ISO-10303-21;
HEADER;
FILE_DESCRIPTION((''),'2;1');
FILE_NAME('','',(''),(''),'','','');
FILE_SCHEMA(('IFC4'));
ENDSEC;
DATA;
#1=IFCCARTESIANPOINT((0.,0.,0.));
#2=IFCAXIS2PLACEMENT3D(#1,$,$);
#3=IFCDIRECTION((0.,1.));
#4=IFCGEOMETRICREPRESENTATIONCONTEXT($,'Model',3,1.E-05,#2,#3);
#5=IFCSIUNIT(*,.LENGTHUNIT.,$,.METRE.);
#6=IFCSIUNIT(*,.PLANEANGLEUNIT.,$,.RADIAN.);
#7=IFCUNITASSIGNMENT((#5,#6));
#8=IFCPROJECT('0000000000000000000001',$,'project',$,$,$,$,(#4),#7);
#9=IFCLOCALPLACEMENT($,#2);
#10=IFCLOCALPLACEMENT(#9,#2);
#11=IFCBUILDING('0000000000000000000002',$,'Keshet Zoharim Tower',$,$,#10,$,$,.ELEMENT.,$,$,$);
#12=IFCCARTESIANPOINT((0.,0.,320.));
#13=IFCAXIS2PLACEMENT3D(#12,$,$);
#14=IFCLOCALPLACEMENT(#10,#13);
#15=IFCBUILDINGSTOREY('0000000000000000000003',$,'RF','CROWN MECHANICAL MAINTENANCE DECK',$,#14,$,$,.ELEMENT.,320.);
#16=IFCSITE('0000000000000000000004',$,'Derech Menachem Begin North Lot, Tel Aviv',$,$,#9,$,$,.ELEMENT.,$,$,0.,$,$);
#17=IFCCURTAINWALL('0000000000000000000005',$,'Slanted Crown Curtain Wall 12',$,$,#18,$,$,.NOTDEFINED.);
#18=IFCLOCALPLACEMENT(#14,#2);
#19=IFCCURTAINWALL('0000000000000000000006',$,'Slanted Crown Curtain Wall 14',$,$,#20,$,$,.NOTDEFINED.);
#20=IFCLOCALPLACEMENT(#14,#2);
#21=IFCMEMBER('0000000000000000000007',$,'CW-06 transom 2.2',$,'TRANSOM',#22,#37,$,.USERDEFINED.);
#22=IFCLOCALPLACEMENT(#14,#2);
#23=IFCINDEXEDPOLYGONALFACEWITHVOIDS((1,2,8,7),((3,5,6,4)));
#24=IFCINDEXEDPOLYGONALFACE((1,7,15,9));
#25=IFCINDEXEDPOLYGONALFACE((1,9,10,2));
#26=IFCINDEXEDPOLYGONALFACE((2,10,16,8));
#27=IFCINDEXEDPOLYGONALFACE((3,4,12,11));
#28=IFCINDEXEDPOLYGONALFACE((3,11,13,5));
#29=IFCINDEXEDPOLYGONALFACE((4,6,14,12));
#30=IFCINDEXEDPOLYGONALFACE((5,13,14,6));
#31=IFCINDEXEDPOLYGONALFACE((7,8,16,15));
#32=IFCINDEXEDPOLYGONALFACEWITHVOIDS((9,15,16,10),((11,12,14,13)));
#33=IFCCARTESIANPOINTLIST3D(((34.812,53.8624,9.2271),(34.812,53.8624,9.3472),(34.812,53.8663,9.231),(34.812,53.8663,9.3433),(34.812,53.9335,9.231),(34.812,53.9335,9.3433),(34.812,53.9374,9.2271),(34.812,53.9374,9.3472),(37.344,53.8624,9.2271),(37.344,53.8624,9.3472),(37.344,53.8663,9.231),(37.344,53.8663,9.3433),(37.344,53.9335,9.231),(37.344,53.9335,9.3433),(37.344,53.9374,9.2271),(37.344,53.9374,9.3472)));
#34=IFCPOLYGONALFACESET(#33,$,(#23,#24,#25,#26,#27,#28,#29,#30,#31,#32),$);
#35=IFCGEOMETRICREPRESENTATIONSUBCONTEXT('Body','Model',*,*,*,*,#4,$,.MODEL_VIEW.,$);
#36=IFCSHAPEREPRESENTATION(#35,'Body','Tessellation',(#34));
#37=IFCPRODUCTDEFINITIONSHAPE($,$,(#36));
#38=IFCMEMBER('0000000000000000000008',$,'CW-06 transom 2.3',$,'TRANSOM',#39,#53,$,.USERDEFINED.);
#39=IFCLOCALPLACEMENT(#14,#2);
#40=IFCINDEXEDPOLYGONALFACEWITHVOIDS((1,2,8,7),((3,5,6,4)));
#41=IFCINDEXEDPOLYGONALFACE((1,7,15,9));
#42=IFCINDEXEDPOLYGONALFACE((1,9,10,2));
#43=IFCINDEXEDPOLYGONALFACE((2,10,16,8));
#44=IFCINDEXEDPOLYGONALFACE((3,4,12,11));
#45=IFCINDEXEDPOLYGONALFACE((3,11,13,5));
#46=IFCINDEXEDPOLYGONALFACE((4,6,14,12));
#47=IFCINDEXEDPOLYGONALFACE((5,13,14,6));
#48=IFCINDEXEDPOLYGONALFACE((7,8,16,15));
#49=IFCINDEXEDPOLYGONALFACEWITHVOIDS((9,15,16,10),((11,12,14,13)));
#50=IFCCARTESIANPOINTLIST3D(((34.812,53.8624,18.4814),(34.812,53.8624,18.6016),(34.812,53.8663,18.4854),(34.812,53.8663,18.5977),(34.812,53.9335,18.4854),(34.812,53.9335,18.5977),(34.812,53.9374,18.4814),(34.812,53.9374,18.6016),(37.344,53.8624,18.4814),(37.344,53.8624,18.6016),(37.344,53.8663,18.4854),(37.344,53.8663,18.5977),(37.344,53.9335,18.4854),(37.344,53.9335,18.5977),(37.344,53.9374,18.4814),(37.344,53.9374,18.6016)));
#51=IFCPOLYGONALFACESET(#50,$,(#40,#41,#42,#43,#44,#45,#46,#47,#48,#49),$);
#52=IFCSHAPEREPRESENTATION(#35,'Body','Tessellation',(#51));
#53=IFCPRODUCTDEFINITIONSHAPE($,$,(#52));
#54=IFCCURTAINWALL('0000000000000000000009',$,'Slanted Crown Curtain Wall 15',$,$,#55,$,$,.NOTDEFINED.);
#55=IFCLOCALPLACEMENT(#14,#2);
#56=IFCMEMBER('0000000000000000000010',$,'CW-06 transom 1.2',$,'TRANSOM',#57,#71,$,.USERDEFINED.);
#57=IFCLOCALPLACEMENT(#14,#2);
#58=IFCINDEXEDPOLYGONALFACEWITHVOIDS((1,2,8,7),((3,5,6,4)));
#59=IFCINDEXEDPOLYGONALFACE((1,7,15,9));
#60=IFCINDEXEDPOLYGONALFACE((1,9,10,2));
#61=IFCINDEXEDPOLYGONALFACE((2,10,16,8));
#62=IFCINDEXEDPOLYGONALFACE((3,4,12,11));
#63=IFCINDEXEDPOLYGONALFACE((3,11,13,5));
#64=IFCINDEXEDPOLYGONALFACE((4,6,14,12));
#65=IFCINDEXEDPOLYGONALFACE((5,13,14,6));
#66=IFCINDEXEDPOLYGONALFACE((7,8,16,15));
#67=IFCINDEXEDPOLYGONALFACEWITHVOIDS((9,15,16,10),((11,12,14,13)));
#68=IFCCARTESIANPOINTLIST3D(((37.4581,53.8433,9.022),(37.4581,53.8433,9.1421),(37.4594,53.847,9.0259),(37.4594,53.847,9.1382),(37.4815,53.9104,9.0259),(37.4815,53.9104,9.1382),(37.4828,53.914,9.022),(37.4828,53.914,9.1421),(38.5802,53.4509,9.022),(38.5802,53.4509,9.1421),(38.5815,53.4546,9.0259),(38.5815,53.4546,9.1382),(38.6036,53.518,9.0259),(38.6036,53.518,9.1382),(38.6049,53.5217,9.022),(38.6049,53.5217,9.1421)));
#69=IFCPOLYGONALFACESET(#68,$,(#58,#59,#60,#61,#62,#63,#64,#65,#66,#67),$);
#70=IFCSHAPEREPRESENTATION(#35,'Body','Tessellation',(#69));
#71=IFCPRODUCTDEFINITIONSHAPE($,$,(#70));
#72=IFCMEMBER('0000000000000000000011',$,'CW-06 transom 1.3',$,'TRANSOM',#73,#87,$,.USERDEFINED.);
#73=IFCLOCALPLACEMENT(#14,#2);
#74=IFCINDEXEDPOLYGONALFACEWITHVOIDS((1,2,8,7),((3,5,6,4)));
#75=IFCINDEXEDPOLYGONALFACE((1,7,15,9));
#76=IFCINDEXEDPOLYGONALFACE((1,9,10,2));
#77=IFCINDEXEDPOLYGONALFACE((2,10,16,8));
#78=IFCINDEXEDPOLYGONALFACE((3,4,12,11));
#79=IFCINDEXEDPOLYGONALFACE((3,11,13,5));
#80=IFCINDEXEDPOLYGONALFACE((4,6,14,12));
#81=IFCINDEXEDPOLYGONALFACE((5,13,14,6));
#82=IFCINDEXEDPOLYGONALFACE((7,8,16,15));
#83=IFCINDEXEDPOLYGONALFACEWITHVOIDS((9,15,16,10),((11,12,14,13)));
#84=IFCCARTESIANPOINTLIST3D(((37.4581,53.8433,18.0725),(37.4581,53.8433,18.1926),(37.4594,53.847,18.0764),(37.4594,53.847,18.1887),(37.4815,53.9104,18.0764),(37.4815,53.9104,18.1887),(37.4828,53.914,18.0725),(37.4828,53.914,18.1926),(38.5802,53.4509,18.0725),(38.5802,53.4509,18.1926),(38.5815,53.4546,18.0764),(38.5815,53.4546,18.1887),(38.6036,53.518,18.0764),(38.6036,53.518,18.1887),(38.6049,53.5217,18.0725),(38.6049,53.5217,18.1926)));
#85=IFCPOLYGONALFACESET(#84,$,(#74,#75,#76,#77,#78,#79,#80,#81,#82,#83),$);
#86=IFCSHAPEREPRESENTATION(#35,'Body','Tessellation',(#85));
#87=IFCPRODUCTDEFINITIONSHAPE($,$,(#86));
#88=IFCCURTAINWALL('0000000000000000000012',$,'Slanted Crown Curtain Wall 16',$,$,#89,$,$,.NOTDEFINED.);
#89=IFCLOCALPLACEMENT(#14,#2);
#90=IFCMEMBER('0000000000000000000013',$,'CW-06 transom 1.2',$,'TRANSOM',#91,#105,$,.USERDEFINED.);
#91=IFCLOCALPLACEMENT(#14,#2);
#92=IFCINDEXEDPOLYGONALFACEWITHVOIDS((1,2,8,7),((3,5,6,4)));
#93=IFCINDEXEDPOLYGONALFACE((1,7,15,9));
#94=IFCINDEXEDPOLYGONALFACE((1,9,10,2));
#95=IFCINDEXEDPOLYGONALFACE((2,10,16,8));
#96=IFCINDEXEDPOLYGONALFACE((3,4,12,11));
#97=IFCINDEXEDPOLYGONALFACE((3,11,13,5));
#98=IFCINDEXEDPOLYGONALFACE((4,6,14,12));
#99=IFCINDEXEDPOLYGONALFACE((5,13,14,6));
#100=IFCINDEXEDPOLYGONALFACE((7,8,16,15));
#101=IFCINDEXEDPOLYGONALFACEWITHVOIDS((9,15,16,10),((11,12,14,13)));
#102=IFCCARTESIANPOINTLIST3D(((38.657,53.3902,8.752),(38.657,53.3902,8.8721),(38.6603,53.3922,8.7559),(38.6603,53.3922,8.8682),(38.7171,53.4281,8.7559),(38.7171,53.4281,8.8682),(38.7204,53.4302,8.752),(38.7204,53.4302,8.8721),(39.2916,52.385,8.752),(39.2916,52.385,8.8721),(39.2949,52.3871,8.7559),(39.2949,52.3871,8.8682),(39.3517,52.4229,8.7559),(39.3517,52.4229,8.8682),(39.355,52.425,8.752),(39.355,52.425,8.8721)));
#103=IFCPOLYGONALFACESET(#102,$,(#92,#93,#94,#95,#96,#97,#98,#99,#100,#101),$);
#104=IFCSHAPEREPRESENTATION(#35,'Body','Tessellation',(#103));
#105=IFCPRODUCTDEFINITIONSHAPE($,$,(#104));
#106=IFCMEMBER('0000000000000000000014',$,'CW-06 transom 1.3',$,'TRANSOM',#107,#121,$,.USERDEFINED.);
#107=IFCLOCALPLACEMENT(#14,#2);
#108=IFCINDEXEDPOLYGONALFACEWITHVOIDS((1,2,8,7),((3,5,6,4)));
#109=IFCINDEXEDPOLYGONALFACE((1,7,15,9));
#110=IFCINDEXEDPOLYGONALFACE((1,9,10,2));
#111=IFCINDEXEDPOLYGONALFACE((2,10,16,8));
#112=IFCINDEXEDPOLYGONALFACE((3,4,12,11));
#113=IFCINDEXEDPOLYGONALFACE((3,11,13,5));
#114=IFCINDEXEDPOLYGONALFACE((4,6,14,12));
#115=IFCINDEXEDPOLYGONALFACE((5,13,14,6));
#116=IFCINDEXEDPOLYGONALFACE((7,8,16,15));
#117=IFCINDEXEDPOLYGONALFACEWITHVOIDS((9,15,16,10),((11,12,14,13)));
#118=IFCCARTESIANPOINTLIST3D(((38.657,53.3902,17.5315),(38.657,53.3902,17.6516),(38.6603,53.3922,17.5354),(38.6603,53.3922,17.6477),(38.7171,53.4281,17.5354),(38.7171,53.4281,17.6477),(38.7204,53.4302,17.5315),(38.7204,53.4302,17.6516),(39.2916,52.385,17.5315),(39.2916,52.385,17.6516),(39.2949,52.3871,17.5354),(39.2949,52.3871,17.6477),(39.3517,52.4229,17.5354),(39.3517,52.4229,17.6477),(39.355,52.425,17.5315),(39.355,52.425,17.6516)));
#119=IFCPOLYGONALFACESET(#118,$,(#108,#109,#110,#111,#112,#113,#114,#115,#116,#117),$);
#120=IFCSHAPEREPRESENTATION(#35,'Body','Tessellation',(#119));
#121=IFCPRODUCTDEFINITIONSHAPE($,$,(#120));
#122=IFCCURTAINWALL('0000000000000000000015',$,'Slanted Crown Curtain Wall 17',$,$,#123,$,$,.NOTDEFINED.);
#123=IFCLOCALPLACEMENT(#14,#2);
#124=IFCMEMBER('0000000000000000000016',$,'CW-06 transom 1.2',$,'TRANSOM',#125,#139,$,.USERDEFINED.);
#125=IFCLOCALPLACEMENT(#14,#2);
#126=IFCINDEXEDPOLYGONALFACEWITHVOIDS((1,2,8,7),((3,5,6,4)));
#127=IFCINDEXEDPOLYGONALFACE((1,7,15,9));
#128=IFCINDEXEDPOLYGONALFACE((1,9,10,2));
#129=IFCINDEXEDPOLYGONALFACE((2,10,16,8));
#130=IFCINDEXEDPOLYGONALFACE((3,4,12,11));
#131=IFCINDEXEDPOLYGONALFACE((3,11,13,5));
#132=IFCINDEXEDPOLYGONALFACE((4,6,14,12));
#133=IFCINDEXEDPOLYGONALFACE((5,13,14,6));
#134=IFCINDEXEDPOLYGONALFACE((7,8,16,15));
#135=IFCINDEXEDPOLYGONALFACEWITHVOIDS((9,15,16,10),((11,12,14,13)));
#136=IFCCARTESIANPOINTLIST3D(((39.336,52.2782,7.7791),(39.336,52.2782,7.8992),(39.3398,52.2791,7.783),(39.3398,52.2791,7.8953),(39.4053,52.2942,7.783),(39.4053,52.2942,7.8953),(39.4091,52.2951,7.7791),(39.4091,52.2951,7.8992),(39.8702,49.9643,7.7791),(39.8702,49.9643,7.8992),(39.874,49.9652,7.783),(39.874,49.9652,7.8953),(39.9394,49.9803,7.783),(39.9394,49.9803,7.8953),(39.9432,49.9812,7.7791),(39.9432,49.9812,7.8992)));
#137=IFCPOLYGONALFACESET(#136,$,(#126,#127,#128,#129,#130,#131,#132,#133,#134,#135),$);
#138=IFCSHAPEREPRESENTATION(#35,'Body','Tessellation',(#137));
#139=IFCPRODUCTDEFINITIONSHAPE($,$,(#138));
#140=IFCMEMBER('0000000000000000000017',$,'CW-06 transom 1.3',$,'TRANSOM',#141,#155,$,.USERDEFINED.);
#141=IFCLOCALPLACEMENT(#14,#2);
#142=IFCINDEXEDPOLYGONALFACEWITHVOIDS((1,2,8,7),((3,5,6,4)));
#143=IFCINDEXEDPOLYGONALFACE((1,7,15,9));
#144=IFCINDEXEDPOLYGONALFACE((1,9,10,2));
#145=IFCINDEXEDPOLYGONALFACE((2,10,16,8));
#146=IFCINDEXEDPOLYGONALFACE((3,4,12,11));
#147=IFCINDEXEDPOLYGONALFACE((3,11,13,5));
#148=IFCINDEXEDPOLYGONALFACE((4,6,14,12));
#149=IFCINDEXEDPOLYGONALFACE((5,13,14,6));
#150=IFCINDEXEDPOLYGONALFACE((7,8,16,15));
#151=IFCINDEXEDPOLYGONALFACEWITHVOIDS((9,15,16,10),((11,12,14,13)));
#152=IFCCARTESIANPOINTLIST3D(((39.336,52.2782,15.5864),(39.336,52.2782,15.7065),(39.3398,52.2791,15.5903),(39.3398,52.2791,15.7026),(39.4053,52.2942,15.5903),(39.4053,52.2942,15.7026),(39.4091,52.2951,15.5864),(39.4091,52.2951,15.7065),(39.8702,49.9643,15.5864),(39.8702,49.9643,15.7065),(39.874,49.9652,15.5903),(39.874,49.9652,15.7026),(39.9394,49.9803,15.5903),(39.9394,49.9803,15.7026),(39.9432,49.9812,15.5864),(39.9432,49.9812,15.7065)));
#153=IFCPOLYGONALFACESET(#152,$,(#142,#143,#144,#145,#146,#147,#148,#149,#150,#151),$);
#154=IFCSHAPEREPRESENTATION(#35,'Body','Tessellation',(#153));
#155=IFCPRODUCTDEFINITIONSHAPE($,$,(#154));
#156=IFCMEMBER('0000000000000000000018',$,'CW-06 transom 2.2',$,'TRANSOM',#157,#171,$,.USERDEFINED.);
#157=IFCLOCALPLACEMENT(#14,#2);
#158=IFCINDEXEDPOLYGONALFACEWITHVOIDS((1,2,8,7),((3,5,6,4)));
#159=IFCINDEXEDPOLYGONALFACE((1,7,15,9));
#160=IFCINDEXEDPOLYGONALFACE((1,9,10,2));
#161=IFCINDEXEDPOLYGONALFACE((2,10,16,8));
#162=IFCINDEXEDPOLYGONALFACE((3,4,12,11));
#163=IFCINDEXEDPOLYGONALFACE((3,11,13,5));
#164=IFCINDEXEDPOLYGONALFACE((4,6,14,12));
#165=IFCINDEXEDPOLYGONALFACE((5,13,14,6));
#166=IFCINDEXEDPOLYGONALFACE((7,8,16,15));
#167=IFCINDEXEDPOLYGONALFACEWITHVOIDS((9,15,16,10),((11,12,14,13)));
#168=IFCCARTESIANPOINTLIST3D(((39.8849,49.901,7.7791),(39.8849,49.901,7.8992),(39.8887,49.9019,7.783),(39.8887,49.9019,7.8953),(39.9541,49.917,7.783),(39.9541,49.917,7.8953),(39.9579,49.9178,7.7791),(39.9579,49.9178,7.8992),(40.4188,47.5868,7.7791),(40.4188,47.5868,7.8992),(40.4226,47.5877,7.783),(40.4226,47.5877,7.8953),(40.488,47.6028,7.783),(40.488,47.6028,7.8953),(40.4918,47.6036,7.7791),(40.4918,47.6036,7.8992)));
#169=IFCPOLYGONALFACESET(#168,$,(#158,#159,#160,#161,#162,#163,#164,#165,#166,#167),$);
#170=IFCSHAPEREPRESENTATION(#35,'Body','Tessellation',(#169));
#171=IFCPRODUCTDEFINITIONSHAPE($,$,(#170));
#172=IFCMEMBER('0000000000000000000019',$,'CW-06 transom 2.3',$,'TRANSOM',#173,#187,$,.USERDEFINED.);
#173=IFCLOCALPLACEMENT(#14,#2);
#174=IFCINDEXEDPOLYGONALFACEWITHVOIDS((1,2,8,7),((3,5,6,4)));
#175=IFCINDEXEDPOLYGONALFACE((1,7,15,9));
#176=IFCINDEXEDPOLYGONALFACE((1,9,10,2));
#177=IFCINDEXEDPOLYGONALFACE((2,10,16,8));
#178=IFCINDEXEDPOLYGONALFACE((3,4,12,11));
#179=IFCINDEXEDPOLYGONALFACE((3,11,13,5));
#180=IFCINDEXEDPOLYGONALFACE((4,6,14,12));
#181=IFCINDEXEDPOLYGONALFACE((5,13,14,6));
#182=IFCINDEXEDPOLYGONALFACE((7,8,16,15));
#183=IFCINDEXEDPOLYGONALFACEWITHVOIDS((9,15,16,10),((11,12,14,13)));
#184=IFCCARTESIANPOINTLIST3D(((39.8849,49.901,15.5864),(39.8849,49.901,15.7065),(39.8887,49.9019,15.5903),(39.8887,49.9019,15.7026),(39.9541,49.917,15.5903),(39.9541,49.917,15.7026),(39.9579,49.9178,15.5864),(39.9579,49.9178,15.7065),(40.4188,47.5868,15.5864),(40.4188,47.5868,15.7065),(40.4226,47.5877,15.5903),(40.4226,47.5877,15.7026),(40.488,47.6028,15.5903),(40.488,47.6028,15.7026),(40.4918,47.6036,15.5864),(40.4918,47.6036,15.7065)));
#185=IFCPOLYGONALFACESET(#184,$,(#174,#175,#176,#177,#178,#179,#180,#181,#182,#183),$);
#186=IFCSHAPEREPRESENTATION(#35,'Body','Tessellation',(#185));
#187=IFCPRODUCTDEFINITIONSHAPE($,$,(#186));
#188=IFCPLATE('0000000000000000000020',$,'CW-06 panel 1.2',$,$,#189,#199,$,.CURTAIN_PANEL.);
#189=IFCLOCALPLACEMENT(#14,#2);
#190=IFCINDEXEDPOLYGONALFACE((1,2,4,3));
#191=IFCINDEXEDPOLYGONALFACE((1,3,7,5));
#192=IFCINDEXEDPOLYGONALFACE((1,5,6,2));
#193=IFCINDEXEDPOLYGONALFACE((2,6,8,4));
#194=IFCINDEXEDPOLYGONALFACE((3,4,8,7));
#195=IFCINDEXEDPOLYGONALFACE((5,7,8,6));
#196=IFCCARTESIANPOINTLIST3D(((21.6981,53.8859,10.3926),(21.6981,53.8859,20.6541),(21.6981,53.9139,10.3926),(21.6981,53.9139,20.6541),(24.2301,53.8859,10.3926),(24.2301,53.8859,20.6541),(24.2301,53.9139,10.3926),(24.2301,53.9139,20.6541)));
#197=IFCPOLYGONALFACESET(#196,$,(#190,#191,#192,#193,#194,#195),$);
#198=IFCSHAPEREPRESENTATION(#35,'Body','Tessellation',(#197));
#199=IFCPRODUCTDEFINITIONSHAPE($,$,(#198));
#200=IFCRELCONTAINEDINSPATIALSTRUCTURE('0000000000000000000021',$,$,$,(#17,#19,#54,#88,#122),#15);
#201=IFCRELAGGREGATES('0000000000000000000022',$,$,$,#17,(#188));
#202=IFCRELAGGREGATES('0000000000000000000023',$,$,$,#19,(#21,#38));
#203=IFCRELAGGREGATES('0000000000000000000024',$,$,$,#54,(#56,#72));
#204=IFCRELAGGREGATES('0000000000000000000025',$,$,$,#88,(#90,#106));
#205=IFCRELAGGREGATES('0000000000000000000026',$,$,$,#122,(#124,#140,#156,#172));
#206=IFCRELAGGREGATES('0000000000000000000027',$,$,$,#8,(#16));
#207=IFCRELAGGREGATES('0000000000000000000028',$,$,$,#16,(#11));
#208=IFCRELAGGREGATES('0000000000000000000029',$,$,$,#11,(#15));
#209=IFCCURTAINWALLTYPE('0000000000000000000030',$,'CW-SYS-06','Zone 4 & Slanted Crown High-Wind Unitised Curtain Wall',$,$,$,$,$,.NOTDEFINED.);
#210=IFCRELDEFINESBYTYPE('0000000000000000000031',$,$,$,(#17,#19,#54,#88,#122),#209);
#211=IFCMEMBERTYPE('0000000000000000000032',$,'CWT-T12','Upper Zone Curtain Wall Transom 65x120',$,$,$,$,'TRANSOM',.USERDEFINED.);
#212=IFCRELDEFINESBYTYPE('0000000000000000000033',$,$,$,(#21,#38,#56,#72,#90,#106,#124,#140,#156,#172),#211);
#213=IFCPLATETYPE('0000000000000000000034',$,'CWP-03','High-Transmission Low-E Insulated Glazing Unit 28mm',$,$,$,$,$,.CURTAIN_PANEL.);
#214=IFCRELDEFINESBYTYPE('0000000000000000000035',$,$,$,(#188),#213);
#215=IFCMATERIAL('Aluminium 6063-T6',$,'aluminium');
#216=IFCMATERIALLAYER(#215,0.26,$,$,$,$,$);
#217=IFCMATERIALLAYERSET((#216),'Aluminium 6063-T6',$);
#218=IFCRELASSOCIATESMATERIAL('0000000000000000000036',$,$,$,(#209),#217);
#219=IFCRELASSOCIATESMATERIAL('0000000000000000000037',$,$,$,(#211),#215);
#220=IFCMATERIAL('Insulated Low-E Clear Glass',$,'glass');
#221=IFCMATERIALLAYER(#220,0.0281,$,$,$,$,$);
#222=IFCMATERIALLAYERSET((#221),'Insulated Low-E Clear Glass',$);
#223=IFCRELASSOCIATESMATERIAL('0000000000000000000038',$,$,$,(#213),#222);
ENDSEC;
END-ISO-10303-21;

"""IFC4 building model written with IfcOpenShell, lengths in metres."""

from ifc_helpers import new_model, si_unit, direction, frame, origin, origin_2d, place, context, subcontext, project, spatial, rectangle, hollow_rectangle, extrude, material, layer, layer_set, material_profile, profile_set, type_object, element, aggregate, save


model = new_model("IFC4")

# Units and contexts
model_context = context("Model", 3, precision=1e-05, world=origin(), true_north=direction((0.0, 1.0)))
body_context = subcontext(model_context, "Body", "Model", "MODEL_VIEW")
ifc_project = project(units=[si_unit("LENGTHUNIT", "METRE"), si_unit("PLANEANGLEUNIT", "RADIAN")], contexts=[model_context])

# Site, building, storey
site_placement = place(None, origin())
site = spatial("IfcSite", under=ifc_project, at=site_placement, Name="Derech Menachem Begin North Lot, Tel Aviv", CompositionType="ELEMENT", RefElevation=0.0)
building_placement = place(site_placement, origin())
building = spatial("IfcBuilding", under=site, at=building_placement, Name="Keshet Zoharim Tower", CompositionType="ELEMENT")
storey_placement = place(building_placement, frame((0.0, 0.0, 320.0)))
storey = spatial("IfcBuildingStorey", under=building, at=storey_placement, Name="RF", Description="CROWN MECHANICAL MAINTENANCE DECK", CompositionType="ELEMENT", Elevation=320.0)

# Curtain walls, members
ifc_material_1 = material(Name="Aluminium 6063-T6", Category="aluminium")
ifc_layer_1 = layer(ifc_material_1, 0.26)
ifc_layer_set_1 = layer_set([ifc_layer_1], Name="Aluminium 6063-T6")
curtain_wall_type = type_object("IfcCurtainWallType", Name="CW-SYS-06", Description="Zone 4 & Slanted Crown High-Wind Unitised Curtain Wall", PredefinedType="NOTDEFINED", material=ifc_layer_set_1)
curtain_wall_1_placement = place(storey_placement, origin())
curtain_wall_1 = element("IfcCurtainWall", 1, at=curtain_wall_1_placement, inside=storey, type_object=curtain_wall_type, Name="Slanted Crown Curtain Wall 12", PredefinedType="NOTDEFINED")
ifc_material_profile_1 = material_profile(ifc_material_1, hollow_rectangle(XDim=0.075, YDim=0.1201, WallThickness=0.0039, at=origin_2d()), Name="TRN-75x120")
ifc_profile_set_1 = profile_set([ifc_material_profile_1], Name="Aluminium 6063-T6")
member_type = type_object("IfcMemberType", Name="CWT-T12", Description="Upper Zone Curtain Wall Transom 65x120", ElementType="TRANSOM", PredefinedType="USERDEFINED", material=ifc_profile_set_1)
curtain_wall_2_placement = place(storey_placement, origin())
curtain_wall_2 = element("IfcCurtainWall", 2, at=curtain_wall_2_placement, inside=storey, type_object=curtain_wall_type, Name="Slanted Crown Curtain Wall 14", PredefinedType="NOTDEFINED")
member_1_placement = place(storey_placement, frame((34.812, 53.8999, 9.2871), z_axis=(1.0, 0.0, 0.0), x_axis=(0.0, 1.0, 0.0)))
member_1 = element("IfcMember", 3, at=member_1_placement, type_object=member_type, Name="CW-06 transom 2.2", ObjectType="TRANSOM", PredefinedType="USERDEFINED", context=body_context, shape_type="SweptSolid", body=[
    extrude(hollow_rectangle(XDim=0.075, YDim=0.1201, WallThickness=0.0039, at=origin_2d()), origin(), (0.0, 0.0, 1.0), 2.532),
])
member_2_placement = place(storey_placement, frame((34.812, 53.8999, 18.5415), z_axis=(1.0, 0.0, 0.0), x_axis=(0.0, 1.0, 0.0)))
member_2 = element("IfcMember", 4, at=member_2_placement, type_object=member_type, Name="CW-06 transom 2.3", ObjectType="TRANSOM", PredefinedType="USERDEFINED", context=body_context, shape_type="SweptSolid", body=[
    extrude(hollow_rectangle(XDim=0.075, YDim=0.1201, WallThickness=0.0039, at=origin_2d()), origin(), (0.0, 0.0, 1.0), 2.532),
])
curtain_wall_3_placement = place(storey_placement, origin())
curtain_wall_3 = element("IfcCurtainWall", 5, at=curtain_wall_3_placement, inside=storey, type_object=curtain_wall_type, Name="Slanted Crown Curtain Wall 15", PredefinedType="NOTDEFINED")
member_3_placement = place(storey_placement, frame((37.4705, 53.8787, 9.082), z_axis=(0.943961, -0.330058, 0.0), x_axis=(0.330058, 0.943961, 0.0)))
member_3 = element("IfcMember", 6, at=member_3_placement, type_object=member_type, Name="CW-06 transom 1.2", ObjectType="TRANSOM", PredefinedType="USERDEFINED", context=body_context, shape_type="SweptSolid", body=[
    extrude(hollow_rectangle(XDim=0.075, YDim=0.1201, WallThickness=0.0039, at=origin_2d()), origin(), (0.0, 0.0, 1.0), 1.1887),
])
member_4_placement = place(storey_placement, frame((37.4705, 53.8787, 18.1326), z_axis=(0.943961, -0.330058, 0.0), x_axis=(0.330058, 0.943961, 0.0)))
member_4 = element("IfcMember", 7, at=member_4_placement, type_object=member_type, Name="CW-06 transom 1.3", ObjectType="TRANSOM", PredefinedType="USERDEFINED", context=body_context, shape_type="SweptSolid", body=[
    extrude(hollow_rectangle(XDim=0.075, YDim=0.1201, WallThickness=0.0039, at=origin_2d()), origin(), (0.0, 0.0, 1.0), 1.1887),
])
curtain_wall_4_placement = place(storey_placement, origin())
curtain_wall_4 = element("IfcCurtainWall", 8, at=curtain_wall_4_placement, inside=storey, type_object=curtain_wall_type, Name="Slanted Crown Curtain Wall 16", PredefinedType="NOTDEFINED")
member_5_placement = place(storey_placement, frame((38.6887, 53.4102, 8.812), z_axis=(0.533815, -0.845601, 0.0), x_axis=(0.845601, 0.533815, 0.0)))
member_5 = element("IfcMember", 9, at=member_5_placement, type_object=member_type, Name="CW-06 transom 1.2", ObjectType="TRANSOM", PredefinedType="USERDEFINED", context=body_context, shape_type="SweptSolid", body=[
    extrude(hollow_rectangle(XDim=0.075, YDim=0.1201, WallThickness=0.0039, at=origin_2d()), origin(), (0.0, 0.0, 1.0), 1.1887),
])
member_6_placement = place(storey_placement, frame((38.6887, 53.4102, 17.5916), z_axis=(0.533815, -0.845601, 0.0), x_axis=(0.845601, 0.533815, 0.0)))
member_6 = element("IfcMember", 10, at=member_6_placement, type_object=member_type, Name="CW-06 transom 1.3", ObjectType="TRANSOM", PredefinedType="USERDEFINED", context=body_context, shape_type="SweptSolid", body=[
    extrude(hollow_rectangle(XDim=0.075, YDim=0.1201, WallThickness=0.0039, at=origin_2d()), origin(), (0.0, 0.0, 1.0), 1.1887),
])
curtain_wall_5_placement = place(storey_placement, origin())
curtain_wall_5 = element("IfcCurtainWall", 11, at=curtain_wall_5_placement, inside=storey, type_object=curtain_wall_type, Name="Slanted Crown Curtain Wall 17", PredefinedType="NOTDEFINED")
member_7_placement = place(storey_placement, frame((39.3726, 52.2866, 7.8391), z_axis=(0.224935, -0.974374, 0.0), x_axis=(0.974374, 0.224935, 0.0)))
member_7 = element("IfcMember", 12, at=member_7_placement, type_object=member_type, Name="CW-06 transom 1.2", ObjectType="TRANSOM", PredefinedType="USERDEFINED", context=body_context, shape_type="SweptSolid", body=[
    extrude(hollow_rectangle(XDim=0.075, YDim=0.1201, WallThickness=0.0039, at=origin_2d()), origin(), (0.0, 0.0, 1.0), 2.3748),
])
member_8_placement = place(storey_placement, frame((39.3726, 52.2866, 15.6465), z_axis=(0.224935, -0.974374, 0.0), x_axis=(0.974374, 0.224935, 0.0)))
member_8 = element("IfcMember", 13, at=member_8_placement, type_object=member_type, Name="CW-06 transom 1.3", ObjectType="TRANSOM", PredefinedType="USERDEFINED", context=body_context, shape_type="SweptSolid", body=[
    extrude(hollow_rectangle(XDim=0.075, YDim=0.1201, WallThickness=0.0039, at=origin_2d()), origin(), (0.0, 0.0, 1.0), 2.3748),
])
member_9_placement = place(storey_placement, frame((39.9214, 49.9094, 7.8391), z_axis=(0.224814, -0.974402, 0.0), x_axis=(0.974402, 0.224814, 0.0)))
member_9 = element("IfcMember", 14, at=member_9_placement, type_object=member_type, Name="CW-06 transom 2.2", ObjectType="TRANSOM", PredefinedType="USERDEFINED", context=body_context, shape_type="SweptSolid", body=[
    extrude(hollow_rectangle(XDim=0.075, YDim=0.1201, WallThickness=0.0039, at=origin_2d()), origin(), (0.0, 0.0, 1.0), 2.375),
])
member_10_placement = place(storey_placement, frame((39.9214, 49.9094, 15.6465), z_axis=(0.224814, -0.974402, 0.0), x_axis=(0.974402, 0.224814, 0.0)))
member_10 = element("IfcMember", 15, at=member_10_placement, type_object=member_type, Name="CW-06 transom 2.3", ObjectType="TRANSOM", PredefinedType="USERDEFINED", context=body_context, shape_type="SweptSolid", body=[
    extrude(hollow_rectangle(XDim=0.075, YDim=0.1201, WallThickness=0.0039, at=origin_2d()), origin(), (0.0, 0.0, 1.0), 2.375),
])

# Plate
ifc_material_2 = material(Name="Insulated Low-E Clear Glass", Category="glass")
ifc_layer_2 = layer(ifc_material_2, 0.0281)
ifc_layer_set_2 = layer_set([ifc_layer_2], Name="Insulated Low-E Clear Glass")
plate_type = type_object("IfcPlateType", Name="CWP-03", Description="High-Transmission Low-E Insulated Glazing Unit 28mm", PredefinedType="CURTAIN_PANEL", material=ifc_layer_set_2)
plate_1_placement = place(storey_placement, frame((22.9641, 53.8999, 10.3926), z_axis=(0.0, 0.0, 1.0), x_axis=(1.0, 0.0, 0.0)))
plate_1 = element("IfcPlate", 16, at=plate_1_placement, type_object=plate_type, Name="CW-06 panel 1.2", PredefinedType="CURTAIN_PANEL", context=body_context, shape_type="SweptSolid", body=[
    extrude(rectangle(XDim=2.532, YDim=0.0281, at=origin_2d()), origin(), (0.0, 0.0, 1.0), 10.2615),
])
aggregate(curtain_wall_1, [plate_1])
aggregate(curtain_wall_2, [member_1, member_2])
aggregate(curtain_wall_3, [member_3, member_4])
aggregate(curtain_wall_4, [member_5, member_6])
aggregate(curtain_wall_5, [member_7, member_8, member_9, member_10])

save(model, "model.ifc")
